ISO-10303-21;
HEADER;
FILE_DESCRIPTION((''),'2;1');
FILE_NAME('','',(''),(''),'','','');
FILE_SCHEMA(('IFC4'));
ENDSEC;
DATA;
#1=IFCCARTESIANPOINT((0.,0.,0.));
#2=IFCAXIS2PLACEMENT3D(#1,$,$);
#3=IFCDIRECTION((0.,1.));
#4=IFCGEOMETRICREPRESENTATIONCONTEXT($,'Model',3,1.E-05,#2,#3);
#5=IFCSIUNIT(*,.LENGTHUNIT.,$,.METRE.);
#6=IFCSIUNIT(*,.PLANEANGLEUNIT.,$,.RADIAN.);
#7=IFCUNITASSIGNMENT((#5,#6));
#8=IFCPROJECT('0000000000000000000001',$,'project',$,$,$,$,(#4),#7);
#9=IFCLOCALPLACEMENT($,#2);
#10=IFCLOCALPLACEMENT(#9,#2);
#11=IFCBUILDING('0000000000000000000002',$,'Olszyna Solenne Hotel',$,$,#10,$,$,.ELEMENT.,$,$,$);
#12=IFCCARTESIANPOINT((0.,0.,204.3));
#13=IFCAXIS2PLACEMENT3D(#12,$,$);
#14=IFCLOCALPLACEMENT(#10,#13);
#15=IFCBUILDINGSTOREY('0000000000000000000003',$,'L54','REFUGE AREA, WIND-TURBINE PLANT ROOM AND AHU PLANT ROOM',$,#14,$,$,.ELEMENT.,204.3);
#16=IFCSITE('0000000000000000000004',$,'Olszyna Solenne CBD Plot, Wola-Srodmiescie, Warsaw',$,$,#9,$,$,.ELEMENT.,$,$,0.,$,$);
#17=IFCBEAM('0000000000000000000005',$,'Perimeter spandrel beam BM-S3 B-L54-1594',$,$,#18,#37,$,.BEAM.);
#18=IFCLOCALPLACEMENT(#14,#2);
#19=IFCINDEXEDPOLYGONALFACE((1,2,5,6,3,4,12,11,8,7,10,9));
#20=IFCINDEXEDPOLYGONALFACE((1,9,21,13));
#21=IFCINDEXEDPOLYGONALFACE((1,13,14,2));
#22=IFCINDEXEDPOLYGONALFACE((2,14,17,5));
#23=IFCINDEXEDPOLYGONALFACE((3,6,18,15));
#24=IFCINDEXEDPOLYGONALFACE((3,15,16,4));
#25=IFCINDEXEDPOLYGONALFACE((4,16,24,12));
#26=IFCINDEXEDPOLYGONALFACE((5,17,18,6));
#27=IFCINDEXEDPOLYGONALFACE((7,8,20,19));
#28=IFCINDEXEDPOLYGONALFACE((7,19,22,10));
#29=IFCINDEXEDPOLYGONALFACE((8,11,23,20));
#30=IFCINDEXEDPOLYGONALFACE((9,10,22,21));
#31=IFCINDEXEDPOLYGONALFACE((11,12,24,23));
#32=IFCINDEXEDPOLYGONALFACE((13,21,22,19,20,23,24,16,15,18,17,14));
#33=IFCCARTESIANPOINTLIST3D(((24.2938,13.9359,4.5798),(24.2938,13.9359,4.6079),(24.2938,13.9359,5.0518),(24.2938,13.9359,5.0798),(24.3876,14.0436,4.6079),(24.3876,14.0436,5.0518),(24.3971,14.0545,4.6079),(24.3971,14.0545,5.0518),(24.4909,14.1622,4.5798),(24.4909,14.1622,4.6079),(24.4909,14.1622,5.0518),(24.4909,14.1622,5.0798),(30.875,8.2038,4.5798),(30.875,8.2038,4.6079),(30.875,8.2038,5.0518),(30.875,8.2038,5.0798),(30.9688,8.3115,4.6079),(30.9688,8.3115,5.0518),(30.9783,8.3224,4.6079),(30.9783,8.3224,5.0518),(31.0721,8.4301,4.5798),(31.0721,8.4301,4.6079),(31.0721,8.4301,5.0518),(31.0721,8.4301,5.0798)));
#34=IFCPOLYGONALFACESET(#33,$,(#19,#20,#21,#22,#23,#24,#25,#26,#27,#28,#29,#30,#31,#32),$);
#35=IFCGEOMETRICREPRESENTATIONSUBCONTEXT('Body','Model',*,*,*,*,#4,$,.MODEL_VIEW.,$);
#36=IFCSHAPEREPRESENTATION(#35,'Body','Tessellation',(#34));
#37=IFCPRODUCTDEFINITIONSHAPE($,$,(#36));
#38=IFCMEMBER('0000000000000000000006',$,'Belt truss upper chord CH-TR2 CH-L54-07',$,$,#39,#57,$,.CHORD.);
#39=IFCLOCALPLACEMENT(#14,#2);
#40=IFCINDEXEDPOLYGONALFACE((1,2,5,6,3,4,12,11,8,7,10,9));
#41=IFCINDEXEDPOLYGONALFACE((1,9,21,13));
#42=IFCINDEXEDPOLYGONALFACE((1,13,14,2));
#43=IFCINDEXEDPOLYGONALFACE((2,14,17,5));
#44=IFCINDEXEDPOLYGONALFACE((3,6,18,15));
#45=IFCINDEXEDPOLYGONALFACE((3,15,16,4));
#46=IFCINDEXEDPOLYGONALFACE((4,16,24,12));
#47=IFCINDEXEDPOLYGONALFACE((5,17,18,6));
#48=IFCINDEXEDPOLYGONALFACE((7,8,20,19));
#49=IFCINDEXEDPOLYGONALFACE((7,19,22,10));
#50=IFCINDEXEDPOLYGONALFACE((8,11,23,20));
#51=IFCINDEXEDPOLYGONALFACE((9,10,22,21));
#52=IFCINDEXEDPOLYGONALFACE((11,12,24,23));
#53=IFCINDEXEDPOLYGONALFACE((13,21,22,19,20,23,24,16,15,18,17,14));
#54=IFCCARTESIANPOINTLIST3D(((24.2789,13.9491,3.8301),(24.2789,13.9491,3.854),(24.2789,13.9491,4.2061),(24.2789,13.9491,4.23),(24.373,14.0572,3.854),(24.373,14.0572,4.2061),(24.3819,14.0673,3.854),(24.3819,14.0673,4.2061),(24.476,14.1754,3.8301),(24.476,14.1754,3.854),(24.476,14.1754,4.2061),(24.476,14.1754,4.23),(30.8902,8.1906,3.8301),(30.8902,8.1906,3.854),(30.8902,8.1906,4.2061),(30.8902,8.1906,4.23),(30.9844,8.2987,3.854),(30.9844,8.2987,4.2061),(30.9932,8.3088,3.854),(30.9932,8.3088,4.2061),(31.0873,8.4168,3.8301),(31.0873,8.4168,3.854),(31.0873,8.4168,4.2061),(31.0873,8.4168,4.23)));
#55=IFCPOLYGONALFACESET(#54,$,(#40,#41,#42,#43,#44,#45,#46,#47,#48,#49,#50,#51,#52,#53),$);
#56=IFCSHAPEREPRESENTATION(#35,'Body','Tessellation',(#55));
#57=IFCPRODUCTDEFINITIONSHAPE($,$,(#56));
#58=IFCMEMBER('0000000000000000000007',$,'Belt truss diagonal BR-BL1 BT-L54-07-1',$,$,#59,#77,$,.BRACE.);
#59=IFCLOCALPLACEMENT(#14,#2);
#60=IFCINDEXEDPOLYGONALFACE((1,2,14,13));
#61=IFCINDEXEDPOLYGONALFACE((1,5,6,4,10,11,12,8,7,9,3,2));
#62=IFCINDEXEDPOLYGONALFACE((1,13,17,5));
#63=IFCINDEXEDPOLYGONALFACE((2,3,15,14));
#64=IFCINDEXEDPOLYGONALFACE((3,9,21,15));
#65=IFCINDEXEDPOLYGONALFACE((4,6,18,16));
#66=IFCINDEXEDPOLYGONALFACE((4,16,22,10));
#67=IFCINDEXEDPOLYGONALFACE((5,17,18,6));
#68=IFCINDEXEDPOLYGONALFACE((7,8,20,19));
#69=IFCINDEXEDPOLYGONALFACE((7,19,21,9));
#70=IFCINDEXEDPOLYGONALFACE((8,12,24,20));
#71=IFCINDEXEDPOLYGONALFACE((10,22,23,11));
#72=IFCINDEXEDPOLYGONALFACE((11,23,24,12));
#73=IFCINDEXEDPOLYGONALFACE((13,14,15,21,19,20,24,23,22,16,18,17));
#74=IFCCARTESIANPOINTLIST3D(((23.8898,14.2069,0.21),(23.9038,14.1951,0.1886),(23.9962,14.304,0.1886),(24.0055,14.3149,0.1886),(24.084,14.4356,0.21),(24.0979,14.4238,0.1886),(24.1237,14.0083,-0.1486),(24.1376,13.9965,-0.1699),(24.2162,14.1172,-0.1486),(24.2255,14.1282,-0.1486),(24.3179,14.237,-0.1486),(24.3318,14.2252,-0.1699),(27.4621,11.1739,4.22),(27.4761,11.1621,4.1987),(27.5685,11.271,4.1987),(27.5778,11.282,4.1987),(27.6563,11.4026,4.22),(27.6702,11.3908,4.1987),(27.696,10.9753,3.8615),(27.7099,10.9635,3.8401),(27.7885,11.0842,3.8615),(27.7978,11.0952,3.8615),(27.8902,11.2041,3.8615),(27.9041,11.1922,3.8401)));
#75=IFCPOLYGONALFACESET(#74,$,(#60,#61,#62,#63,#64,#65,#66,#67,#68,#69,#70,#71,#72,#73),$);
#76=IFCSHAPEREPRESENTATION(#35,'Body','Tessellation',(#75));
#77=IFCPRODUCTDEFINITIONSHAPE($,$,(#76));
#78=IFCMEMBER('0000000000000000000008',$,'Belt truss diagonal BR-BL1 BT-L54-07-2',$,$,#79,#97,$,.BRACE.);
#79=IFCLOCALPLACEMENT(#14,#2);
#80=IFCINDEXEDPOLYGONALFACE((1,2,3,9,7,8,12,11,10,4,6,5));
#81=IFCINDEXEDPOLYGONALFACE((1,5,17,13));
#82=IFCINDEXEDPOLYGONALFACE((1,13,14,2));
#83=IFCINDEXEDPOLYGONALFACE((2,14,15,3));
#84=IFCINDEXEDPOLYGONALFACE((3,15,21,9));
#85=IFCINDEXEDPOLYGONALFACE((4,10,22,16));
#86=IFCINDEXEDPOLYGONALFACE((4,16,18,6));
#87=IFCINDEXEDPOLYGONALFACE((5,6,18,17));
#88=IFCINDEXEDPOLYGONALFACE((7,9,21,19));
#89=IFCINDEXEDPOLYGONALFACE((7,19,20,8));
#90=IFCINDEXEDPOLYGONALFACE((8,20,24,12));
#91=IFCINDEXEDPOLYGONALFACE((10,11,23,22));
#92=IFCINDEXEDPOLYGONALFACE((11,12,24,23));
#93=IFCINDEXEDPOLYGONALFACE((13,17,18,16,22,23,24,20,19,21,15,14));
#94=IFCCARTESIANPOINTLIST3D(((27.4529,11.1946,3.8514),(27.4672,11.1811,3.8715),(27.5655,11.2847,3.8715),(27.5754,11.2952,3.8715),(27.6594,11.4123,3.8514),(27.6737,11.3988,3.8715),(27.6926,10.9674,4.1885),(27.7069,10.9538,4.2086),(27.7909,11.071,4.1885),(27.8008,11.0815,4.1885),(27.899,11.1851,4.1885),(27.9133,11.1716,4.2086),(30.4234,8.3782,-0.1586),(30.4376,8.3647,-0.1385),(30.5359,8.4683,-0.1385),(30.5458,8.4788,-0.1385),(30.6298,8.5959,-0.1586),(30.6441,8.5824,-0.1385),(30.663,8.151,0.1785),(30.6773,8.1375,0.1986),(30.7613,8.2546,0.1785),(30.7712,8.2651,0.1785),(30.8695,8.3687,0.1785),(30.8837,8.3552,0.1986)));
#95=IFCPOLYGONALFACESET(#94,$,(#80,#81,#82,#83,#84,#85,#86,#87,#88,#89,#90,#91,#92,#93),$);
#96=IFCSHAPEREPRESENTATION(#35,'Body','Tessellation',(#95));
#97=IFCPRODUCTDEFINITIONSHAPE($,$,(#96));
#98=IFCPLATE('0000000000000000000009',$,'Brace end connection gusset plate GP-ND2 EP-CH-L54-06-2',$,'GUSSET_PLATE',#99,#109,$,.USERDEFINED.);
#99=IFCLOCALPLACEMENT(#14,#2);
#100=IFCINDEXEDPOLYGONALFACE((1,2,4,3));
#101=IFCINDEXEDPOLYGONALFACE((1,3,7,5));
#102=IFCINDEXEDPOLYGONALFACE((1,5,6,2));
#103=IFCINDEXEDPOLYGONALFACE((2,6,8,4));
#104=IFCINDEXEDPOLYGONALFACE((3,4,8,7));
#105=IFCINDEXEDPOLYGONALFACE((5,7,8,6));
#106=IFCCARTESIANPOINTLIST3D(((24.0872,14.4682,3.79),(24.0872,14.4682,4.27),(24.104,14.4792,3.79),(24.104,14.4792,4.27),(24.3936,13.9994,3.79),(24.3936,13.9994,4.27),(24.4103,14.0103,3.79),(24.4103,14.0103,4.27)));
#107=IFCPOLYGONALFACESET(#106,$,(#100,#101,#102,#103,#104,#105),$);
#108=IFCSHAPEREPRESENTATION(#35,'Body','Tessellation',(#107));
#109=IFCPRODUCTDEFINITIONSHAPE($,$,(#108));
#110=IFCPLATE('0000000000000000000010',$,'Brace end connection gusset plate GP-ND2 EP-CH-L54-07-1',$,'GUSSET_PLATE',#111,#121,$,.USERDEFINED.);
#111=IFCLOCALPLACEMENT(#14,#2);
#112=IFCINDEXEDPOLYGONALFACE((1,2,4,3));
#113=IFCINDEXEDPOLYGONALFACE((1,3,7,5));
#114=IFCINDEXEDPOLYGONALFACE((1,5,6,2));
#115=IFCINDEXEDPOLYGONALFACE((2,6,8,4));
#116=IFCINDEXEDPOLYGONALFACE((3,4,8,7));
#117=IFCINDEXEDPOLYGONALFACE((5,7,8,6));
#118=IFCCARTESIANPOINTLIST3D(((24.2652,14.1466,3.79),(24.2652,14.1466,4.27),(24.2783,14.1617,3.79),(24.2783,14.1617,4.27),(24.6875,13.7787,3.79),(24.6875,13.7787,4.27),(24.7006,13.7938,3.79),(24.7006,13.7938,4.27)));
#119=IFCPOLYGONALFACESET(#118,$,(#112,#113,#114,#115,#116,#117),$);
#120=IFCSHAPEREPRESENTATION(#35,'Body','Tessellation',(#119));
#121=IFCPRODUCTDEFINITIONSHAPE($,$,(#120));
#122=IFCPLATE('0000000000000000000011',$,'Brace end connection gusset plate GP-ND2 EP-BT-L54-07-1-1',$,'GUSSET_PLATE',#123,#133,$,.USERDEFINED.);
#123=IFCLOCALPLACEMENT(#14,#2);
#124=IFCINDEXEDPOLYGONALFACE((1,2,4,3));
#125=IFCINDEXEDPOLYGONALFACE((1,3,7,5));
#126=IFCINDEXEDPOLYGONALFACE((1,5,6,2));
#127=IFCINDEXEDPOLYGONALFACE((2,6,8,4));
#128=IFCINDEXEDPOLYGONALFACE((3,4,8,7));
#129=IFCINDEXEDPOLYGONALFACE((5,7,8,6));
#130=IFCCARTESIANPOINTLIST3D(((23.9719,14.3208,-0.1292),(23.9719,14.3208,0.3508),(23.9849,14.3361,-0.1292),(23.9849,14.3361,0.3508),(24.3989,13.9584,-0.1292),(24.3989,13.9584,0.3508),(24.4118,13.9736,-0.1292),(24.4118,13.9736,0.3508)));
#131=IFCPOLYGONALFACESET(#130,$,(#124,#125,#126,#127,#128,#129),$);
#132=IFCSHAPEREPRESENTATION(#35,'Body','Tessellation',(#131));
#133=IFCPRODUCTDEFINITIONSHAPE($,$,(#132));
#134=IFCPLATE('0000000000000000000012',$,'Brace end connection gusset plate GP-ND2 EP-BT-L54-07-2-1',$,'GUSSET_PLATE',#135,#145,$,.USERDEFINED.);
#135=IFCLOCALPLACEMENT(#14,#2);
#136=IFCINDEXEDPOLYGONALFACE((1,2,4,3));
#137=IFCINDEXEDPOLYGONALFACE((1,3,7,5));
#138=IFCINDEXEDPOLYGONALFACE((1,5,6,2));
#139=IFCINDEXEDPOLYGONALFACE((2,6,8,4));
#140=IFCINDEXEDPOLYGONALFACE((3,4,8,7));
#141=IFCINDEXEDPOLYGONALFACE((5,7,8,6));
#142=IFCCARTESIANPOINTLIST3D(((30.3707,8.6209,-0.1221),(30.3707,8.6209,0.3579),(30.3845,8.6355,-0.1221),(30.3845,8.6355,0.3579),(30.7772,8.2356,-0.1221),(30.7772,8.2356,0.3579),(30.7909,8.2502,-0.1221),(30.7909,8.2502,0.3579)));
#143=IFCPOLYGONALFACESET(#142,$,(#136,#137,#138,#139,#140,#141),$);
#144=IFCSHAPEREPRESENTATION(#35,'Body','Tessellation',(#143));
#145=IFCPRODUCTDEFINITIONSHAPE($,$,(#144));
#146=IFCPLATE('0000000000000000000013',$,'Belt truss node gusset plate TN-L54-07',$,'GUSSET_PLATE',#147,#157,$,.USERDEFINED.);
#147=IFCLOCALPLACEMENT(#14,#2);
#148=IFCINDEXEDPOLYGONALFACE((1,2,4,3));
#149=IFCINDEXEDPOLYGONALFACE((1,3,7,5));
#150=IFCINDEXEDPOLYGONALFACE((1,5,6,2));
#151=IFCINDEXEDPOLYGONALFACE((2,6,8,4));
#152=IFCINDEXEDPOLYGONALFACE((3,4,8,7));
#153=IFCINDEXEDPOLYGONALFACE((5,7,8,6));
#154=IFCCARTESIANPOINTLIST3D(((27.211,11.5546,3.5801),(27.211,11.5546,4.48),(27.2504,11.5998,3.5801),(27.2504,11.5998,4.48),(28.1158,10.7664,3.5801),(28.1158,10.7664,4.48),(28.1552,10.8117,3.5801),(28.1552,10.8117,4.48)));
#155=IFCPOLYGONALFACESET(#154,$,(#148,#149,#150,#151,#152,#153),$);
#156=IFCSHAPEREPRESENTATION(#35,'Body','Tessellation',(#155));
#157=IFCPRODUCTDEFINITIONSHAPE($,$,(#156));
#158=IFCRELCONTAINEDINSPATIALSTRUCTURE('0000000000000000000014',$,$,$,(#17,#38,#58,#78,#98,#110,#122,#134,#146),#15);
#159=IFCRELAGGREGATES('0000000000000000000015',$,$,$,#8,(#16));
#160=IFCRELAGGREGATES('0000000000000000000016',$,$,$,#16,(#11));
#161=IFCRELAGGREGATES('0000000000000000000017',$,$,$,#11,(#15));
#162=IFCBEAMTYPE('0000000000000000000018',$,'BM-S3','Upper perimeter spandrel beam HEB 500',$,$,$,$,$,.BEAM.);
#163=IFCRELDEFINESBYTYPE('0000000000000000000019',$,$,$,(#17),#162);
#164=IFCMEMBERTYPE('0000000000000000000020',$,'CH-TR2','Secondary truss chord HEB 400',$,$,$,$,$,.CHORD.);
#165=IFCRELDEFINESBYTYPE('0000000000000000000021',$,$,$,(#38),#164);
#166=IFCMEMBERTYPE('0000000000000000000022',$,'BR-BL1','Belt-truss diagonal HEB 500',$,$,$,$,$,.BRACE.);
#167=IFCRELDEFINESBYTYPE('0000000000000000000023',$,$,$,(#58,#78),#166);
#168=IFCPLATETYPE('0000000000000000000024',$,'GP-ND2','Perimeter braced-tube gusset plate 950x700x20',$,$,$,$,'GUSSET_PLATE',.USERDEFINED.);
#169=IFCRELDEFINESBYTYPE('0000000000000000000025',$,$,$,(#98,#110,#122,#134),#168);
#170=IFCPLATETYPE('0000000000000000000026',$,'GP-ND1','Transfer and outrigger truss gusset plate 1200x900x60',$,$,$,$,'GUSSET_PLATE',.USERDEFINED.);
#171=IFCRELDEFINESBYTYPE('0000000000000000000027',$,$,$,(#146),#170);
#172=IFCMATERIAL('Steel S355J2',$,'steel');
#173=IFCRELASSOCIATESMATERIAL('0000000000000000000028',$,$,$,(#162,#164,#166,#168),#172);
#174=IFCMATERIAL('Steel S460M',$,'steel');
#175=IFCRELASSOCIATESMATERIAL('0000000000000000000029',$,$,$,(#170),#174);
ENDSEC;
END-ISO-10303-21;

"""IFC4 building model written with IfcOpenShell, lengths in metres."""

from ifc_helpers import new_model, si_unit, direction, frame, origin, origin_2d, place, context, subcontext, project, spatial, rectangle, i_section, extrude, source, transform, mapped, material, material_profile, profile_set, type_object, element, save


model = new_model("IFC4")

# Units and contexts
model_context = context("Model", 3, precision=1e-05, world=origin(), true_north=direction((0.0, 1.0)))
body_context = subcontext(model_context, "Body", "Model", "MODEL_VIEW")
ifc_project = project(units=[si_unit("LENGTHUNIT", "METRE"), si_unit("PLANEANGLEUNIT", "RADIAN")], contexts=[model_context])

# Site, building, storey
site_placement = place(None, origin())
site = spatial("IfcSite", under=ifc_project, at=site_placement, Name="Olszyna Solenne CBD Plot, Wola-Srodmiescie, Warsaw", CompositionType="ELEMENT", RefElevation=0.0)
building_placement = place(site_placement, origin())
building = spatial("IfcBuilding", under=site, at=building_placement, Name="Olszyna Solenne Hotel", CompositionType="ELEMENT")
storey_placement = place(building_placement, frame((0.0, 0.0, 204.3)))
storey = spatial("IfcBuildingStorey", under=building, at=storey_placement, Name="L54", Description="REFUGE AREA, WIND-TURBINE PLANT ROOM AND AHU PLANT ROOM", CompositionType="ELEMENT", Elevation=204.3)

# Beam
ifc_material_1 = material(Name="Steel S355J2", Category="steel")
ifc_material_profile_1 = material_profile(ifc_material_1, i_section(OverallWidth=0.3, OverallDepth=0.5, WebThickness=0.0144, FlangeThickness=0.0281, at=origin_2d()), Name="HEB 500", Category="load-bearing")
ifc_profile_set_1 = profile_set([ifc_material_profile_1], Name="Steel S355J2")
beam_type = type_object("IfcBeamType", Name="BM-S3", Description="Upper perimeter spandrel beam HEB 500", PredefinedType="BEAM", material=ifc_profile_set_1)
shared_shape_1 = source(origin(), body_context, "Body", "SweptSolid", [
    extrude(i_section(OverallWidth=0.3, OverallDepth=0.5, WebThickness=0.0144, FlangeThickness=0.0281, at=origin_2d()), origin(), (0.0, 0.0, 1.0), 8.7275),
])
beam_placement = place(storey_placement, frame((24.3923, 14.0491, 4.8298), z_axis=(0.754077, -0.656786, 0.0), x_axis=(0.656786, 0.754077, 0.0)))
element("IfcBeam", 1, at=beam_placement, inside=storey, type_object=beam_type, Name="Perimeter spandrel beam BM-S3 B-L54-1594", PredefinedType="BEAM", context=body_context, shape_type="MappedRepresentation", body=[
    mapped(shared_shape_1, transform((0.0, 0.0, 0.0), x_axis=(1.0, 0.0, 0.0), y_axis=(0.0, 1.0, 0.0), z_axis=(0.0, 0.0, 1.0), scale=1.0)),
])

# Members
ifc_material_profile_2 = material_profile(ifc_material_1, i_section(OverallWidth=0.3, OverallDepth=0.3999, WebThickness=0.0134, FlangeThickness=0.0239, at=origin_2d()), Name="HEB 400", Category="load-bearing")
ifc_profile_set_2 = profile_set([ifc_material_profile_2], Name="Steel S355J2")
member_type_1 = type_object("IfcMemberType", Name="CH-TR2", Description="Secondary truss chord HEB 400", PredefinedType="CHORD", material=ifc_profile_set_2)
shared_shape_2 = source(origin(), body_context, "Body", "SweptSolid", [
    extrude(i_section(OverallWidth=0.3, OverallDepth=0.3999, WebThickness=0.0134, FlangeThickness=0.0239, at=origin_2d()), origin(), (0.0, 0.0, 1.0), 8.7676),
])
member_1_placement = place(storey_placement, frame((24.3774, 14.0623, 4.03), z_axis=(0.754065, -0.6568, 0.0), x_axis=(0.6568, 0.754065, 0.0)))
element("IfcMember", 2, at=member_1_placement, inside=storey, type_object=member_type_1, Name="Belt truss upper chord CH-TR2 CH-L54-07", PredefinedType="CHORD", context=body_context, shape_type="MappedRepresentation", body=[
    mapped(shared_shape_2, transform((0.0, 0.0, 0.0), x_axis=(1.0, 0.0, 0.0), y_axis=(0.0, 1.0, 0.0), z_axis=(0.0, 0.0, 1.0), scale=1.0)),
])
ifc_material_profile_3 = material_profile(ifc_material_1, i_section(OverallWidth=0.3, OverallDepth=0.5, WebThickness=0.0144, FlangeThickness=0.0281, at=origin_2d()), Name="HEB 500", Category="load-bearing")
ifc_profile_set_3 = profile_set([ifc_material_profile_3], Name="Steel S355J2")
member_type_2 = type_object("IfcMemberType", Name="BR-BL1", Description="Belt-truss diagonal HEB 500", PredefinedType="BRACE", material=ifc_profile_set_3)
shared_shape_3 = source(origin(), body_context, "Body", "SweptSolid", [
    extrude(i_section(OverallWidth=0.3, OverallDepth=0.5, WebThickness=0.0144, FlangeThickness=0.0281, at=origin_2d()), origin(), (0.0, 0.0, 1.0), 6.1677),
])
member_2_placement = place(storey_placement, frame((24.1108, 14.2161, 0.02), z_axis=(0.579192, -0.491752, 0.650167), x_axis=(0.647219, 0.762304, 0.0)))
element("IfcMember", 3, at=member_2_placement, inside=storey, type_object=member_type_2, Name="Belt truss diagonal BR-BL1 BT-L54-07-1", PredefinedType="BRACE", context=body_context, shape_type="MappedRepresentation", body=[
    mapped(shared_shape_3, transform((0.0, 0.0, 0.0), x_axis=(1.0, 0.0, 0.0), y_axis=(0.0, 1.0, 0.0), z_axis=(0.0, 0.0, 1.0), scale=1.0)),
])
shared_shape_4 = source(origin(), body_context, "Body", "SweptSolid", [
    extrude(i_section(OverallWidth=0.3, OverallDepth=0.5, WebThickness=0.0144, FlangeThickness=0.0281, at=origin_2d()), origin(), (0.0, 0.0, 1.0), 5.7302),
])
member_3_placement = place(storey_placement, frame((30.6536, 8.3667, 0.02), z_axis=(-0.518381, 0.491497, 0.699795), x_axis=(-0.688039, -0.725674, 0.0)))
element("IfcMember", 4, at=member_3_placement, inside=storey, type_object=member_type_2, Name="Belt truss diagonal BR-BL1 BT-L54-07-2", PredefinedType="BRACE", context=body_context, shape_type="MappedRepresentation", body=[
    mapped(shared_shape_4, transform((0.0, 0.0, 0.0), x_axis=(1.0, 0.0, 0.0), y_axis=(0.0, 1.0, 0.0), z_axis=(0.0, 0.0, 1.0), scale=1.0)),
])

# Plates
plate_type_1 = type_object("IfcPlateType", Name="GP-ND2", Description="Perimeter braced-tube gusset plate 950x700x20", ElementType="GUSSET_PLATE", PredefinedType="USERDEFINED", material=ifc_material_1)
shared_shape_5 = source(origin(), body_context, "Body", "SweptSolid", [
    extrude(rectangle(XDim=0.5601, YDim=0.02, at=origin_2d()), origin(), (0.0, 0.0, 1.0), 0.48),
])
for number, where, z_axis, x_axis, name in (
    (5, (24.2488, 14.2393, 3.79), (0.0, 0.0, 1.0), (0.546979, -0.837146, 0.0), "Brace end connection gusset plate GP-ND2 EP-CH-L54-06-2"),
    (6, (24.4829, 13.9702, 3.79), (0.0, 0.0, 1.0), (0.754022, -0.656849, 0.0), "Brace end connection gusset plate GP-ND2 EP-CH-L54-07-1"),
    (7, (24.1919, 14.1472, -0.1292), (0.0, 0.0, 1.0), (0.76233, -0.647189, 0.0), "Brace end connection gusset plate GP-ND2 EP-BT-L54-07-1-1"),
    (8, (30.5808, 8.4355, -0.1221), (0.0, 0.0, 1.0), (-0.725735, 0.687975, 0.0), "Brace end connection gusset plate GP-ND2 EP-BT-L54-07-2-1"),
):
    element("IfcPlate", number, at=place(storey_placement, frame(where, z_axis=z_axis, x_axis=x_axis)), inside=storey, type_object=plate_type_1, Name=name, ObjectType="GUSSET_PLATE", PredefinedType="USERDEFINED", context=body_context, shape_type="MappedRepresentation", body=[
        mapped(shared_shape_5, transform((0.0, 0.0, 0.0), x_axis=(1.0, 0.0, 0.0), y_axis=(0.0, 1.0, 0.0), z_axis=(0.0, 0.0, 1.0), scale=1.0)),
    ])
ifc_material_2 = material(Name="Steel S460M", Category="steel")
plate_type_2 = type_object("IfcPlateType", Name="GP-ND1", Description="Transfer and outrigger truss gusset plate 1200x900x60", ElementType="GUSSET_PLATE", PredefinedType="USERDEFINED", material=ifc_material_2)
shared_shape_6 = source(origin(), body_context, "Body", "SweptSolid", [
    extrude(rectangle(XDim=1.2, YDim=0.0601, at=origin_2d()), origin(), (0.0, 0.0, 1.0), 0.8999),
])
plate_placement = place(storey_placement, frame((27.6831, 11.1831, 3.5801), z_axis=(0.0, 0.0, 1.0), x_axis=(0.754022, -0.656849, 0.0)))
element("IfcPlate", 9, at=plate_placement, inside=storey, type_object=plate_type_2, Name="Belt truss node gusset plate TN-L54-07", ObjectType="GUSSET_PLATE", PredefinedType="USERDEFINED", context=body_context, shape_type="MappedRepresentation", body=[
    mapped(shared_shape_6, transform((0.0, 0.0, 0.0), x_axis=(1.0, 0.0, 0.0), y_axis=(0.0, 1.0, 0.0), z_axis=(0.0, 0.0, 1.0), scale=1.0)),
])

save(model, "model.ifc")
